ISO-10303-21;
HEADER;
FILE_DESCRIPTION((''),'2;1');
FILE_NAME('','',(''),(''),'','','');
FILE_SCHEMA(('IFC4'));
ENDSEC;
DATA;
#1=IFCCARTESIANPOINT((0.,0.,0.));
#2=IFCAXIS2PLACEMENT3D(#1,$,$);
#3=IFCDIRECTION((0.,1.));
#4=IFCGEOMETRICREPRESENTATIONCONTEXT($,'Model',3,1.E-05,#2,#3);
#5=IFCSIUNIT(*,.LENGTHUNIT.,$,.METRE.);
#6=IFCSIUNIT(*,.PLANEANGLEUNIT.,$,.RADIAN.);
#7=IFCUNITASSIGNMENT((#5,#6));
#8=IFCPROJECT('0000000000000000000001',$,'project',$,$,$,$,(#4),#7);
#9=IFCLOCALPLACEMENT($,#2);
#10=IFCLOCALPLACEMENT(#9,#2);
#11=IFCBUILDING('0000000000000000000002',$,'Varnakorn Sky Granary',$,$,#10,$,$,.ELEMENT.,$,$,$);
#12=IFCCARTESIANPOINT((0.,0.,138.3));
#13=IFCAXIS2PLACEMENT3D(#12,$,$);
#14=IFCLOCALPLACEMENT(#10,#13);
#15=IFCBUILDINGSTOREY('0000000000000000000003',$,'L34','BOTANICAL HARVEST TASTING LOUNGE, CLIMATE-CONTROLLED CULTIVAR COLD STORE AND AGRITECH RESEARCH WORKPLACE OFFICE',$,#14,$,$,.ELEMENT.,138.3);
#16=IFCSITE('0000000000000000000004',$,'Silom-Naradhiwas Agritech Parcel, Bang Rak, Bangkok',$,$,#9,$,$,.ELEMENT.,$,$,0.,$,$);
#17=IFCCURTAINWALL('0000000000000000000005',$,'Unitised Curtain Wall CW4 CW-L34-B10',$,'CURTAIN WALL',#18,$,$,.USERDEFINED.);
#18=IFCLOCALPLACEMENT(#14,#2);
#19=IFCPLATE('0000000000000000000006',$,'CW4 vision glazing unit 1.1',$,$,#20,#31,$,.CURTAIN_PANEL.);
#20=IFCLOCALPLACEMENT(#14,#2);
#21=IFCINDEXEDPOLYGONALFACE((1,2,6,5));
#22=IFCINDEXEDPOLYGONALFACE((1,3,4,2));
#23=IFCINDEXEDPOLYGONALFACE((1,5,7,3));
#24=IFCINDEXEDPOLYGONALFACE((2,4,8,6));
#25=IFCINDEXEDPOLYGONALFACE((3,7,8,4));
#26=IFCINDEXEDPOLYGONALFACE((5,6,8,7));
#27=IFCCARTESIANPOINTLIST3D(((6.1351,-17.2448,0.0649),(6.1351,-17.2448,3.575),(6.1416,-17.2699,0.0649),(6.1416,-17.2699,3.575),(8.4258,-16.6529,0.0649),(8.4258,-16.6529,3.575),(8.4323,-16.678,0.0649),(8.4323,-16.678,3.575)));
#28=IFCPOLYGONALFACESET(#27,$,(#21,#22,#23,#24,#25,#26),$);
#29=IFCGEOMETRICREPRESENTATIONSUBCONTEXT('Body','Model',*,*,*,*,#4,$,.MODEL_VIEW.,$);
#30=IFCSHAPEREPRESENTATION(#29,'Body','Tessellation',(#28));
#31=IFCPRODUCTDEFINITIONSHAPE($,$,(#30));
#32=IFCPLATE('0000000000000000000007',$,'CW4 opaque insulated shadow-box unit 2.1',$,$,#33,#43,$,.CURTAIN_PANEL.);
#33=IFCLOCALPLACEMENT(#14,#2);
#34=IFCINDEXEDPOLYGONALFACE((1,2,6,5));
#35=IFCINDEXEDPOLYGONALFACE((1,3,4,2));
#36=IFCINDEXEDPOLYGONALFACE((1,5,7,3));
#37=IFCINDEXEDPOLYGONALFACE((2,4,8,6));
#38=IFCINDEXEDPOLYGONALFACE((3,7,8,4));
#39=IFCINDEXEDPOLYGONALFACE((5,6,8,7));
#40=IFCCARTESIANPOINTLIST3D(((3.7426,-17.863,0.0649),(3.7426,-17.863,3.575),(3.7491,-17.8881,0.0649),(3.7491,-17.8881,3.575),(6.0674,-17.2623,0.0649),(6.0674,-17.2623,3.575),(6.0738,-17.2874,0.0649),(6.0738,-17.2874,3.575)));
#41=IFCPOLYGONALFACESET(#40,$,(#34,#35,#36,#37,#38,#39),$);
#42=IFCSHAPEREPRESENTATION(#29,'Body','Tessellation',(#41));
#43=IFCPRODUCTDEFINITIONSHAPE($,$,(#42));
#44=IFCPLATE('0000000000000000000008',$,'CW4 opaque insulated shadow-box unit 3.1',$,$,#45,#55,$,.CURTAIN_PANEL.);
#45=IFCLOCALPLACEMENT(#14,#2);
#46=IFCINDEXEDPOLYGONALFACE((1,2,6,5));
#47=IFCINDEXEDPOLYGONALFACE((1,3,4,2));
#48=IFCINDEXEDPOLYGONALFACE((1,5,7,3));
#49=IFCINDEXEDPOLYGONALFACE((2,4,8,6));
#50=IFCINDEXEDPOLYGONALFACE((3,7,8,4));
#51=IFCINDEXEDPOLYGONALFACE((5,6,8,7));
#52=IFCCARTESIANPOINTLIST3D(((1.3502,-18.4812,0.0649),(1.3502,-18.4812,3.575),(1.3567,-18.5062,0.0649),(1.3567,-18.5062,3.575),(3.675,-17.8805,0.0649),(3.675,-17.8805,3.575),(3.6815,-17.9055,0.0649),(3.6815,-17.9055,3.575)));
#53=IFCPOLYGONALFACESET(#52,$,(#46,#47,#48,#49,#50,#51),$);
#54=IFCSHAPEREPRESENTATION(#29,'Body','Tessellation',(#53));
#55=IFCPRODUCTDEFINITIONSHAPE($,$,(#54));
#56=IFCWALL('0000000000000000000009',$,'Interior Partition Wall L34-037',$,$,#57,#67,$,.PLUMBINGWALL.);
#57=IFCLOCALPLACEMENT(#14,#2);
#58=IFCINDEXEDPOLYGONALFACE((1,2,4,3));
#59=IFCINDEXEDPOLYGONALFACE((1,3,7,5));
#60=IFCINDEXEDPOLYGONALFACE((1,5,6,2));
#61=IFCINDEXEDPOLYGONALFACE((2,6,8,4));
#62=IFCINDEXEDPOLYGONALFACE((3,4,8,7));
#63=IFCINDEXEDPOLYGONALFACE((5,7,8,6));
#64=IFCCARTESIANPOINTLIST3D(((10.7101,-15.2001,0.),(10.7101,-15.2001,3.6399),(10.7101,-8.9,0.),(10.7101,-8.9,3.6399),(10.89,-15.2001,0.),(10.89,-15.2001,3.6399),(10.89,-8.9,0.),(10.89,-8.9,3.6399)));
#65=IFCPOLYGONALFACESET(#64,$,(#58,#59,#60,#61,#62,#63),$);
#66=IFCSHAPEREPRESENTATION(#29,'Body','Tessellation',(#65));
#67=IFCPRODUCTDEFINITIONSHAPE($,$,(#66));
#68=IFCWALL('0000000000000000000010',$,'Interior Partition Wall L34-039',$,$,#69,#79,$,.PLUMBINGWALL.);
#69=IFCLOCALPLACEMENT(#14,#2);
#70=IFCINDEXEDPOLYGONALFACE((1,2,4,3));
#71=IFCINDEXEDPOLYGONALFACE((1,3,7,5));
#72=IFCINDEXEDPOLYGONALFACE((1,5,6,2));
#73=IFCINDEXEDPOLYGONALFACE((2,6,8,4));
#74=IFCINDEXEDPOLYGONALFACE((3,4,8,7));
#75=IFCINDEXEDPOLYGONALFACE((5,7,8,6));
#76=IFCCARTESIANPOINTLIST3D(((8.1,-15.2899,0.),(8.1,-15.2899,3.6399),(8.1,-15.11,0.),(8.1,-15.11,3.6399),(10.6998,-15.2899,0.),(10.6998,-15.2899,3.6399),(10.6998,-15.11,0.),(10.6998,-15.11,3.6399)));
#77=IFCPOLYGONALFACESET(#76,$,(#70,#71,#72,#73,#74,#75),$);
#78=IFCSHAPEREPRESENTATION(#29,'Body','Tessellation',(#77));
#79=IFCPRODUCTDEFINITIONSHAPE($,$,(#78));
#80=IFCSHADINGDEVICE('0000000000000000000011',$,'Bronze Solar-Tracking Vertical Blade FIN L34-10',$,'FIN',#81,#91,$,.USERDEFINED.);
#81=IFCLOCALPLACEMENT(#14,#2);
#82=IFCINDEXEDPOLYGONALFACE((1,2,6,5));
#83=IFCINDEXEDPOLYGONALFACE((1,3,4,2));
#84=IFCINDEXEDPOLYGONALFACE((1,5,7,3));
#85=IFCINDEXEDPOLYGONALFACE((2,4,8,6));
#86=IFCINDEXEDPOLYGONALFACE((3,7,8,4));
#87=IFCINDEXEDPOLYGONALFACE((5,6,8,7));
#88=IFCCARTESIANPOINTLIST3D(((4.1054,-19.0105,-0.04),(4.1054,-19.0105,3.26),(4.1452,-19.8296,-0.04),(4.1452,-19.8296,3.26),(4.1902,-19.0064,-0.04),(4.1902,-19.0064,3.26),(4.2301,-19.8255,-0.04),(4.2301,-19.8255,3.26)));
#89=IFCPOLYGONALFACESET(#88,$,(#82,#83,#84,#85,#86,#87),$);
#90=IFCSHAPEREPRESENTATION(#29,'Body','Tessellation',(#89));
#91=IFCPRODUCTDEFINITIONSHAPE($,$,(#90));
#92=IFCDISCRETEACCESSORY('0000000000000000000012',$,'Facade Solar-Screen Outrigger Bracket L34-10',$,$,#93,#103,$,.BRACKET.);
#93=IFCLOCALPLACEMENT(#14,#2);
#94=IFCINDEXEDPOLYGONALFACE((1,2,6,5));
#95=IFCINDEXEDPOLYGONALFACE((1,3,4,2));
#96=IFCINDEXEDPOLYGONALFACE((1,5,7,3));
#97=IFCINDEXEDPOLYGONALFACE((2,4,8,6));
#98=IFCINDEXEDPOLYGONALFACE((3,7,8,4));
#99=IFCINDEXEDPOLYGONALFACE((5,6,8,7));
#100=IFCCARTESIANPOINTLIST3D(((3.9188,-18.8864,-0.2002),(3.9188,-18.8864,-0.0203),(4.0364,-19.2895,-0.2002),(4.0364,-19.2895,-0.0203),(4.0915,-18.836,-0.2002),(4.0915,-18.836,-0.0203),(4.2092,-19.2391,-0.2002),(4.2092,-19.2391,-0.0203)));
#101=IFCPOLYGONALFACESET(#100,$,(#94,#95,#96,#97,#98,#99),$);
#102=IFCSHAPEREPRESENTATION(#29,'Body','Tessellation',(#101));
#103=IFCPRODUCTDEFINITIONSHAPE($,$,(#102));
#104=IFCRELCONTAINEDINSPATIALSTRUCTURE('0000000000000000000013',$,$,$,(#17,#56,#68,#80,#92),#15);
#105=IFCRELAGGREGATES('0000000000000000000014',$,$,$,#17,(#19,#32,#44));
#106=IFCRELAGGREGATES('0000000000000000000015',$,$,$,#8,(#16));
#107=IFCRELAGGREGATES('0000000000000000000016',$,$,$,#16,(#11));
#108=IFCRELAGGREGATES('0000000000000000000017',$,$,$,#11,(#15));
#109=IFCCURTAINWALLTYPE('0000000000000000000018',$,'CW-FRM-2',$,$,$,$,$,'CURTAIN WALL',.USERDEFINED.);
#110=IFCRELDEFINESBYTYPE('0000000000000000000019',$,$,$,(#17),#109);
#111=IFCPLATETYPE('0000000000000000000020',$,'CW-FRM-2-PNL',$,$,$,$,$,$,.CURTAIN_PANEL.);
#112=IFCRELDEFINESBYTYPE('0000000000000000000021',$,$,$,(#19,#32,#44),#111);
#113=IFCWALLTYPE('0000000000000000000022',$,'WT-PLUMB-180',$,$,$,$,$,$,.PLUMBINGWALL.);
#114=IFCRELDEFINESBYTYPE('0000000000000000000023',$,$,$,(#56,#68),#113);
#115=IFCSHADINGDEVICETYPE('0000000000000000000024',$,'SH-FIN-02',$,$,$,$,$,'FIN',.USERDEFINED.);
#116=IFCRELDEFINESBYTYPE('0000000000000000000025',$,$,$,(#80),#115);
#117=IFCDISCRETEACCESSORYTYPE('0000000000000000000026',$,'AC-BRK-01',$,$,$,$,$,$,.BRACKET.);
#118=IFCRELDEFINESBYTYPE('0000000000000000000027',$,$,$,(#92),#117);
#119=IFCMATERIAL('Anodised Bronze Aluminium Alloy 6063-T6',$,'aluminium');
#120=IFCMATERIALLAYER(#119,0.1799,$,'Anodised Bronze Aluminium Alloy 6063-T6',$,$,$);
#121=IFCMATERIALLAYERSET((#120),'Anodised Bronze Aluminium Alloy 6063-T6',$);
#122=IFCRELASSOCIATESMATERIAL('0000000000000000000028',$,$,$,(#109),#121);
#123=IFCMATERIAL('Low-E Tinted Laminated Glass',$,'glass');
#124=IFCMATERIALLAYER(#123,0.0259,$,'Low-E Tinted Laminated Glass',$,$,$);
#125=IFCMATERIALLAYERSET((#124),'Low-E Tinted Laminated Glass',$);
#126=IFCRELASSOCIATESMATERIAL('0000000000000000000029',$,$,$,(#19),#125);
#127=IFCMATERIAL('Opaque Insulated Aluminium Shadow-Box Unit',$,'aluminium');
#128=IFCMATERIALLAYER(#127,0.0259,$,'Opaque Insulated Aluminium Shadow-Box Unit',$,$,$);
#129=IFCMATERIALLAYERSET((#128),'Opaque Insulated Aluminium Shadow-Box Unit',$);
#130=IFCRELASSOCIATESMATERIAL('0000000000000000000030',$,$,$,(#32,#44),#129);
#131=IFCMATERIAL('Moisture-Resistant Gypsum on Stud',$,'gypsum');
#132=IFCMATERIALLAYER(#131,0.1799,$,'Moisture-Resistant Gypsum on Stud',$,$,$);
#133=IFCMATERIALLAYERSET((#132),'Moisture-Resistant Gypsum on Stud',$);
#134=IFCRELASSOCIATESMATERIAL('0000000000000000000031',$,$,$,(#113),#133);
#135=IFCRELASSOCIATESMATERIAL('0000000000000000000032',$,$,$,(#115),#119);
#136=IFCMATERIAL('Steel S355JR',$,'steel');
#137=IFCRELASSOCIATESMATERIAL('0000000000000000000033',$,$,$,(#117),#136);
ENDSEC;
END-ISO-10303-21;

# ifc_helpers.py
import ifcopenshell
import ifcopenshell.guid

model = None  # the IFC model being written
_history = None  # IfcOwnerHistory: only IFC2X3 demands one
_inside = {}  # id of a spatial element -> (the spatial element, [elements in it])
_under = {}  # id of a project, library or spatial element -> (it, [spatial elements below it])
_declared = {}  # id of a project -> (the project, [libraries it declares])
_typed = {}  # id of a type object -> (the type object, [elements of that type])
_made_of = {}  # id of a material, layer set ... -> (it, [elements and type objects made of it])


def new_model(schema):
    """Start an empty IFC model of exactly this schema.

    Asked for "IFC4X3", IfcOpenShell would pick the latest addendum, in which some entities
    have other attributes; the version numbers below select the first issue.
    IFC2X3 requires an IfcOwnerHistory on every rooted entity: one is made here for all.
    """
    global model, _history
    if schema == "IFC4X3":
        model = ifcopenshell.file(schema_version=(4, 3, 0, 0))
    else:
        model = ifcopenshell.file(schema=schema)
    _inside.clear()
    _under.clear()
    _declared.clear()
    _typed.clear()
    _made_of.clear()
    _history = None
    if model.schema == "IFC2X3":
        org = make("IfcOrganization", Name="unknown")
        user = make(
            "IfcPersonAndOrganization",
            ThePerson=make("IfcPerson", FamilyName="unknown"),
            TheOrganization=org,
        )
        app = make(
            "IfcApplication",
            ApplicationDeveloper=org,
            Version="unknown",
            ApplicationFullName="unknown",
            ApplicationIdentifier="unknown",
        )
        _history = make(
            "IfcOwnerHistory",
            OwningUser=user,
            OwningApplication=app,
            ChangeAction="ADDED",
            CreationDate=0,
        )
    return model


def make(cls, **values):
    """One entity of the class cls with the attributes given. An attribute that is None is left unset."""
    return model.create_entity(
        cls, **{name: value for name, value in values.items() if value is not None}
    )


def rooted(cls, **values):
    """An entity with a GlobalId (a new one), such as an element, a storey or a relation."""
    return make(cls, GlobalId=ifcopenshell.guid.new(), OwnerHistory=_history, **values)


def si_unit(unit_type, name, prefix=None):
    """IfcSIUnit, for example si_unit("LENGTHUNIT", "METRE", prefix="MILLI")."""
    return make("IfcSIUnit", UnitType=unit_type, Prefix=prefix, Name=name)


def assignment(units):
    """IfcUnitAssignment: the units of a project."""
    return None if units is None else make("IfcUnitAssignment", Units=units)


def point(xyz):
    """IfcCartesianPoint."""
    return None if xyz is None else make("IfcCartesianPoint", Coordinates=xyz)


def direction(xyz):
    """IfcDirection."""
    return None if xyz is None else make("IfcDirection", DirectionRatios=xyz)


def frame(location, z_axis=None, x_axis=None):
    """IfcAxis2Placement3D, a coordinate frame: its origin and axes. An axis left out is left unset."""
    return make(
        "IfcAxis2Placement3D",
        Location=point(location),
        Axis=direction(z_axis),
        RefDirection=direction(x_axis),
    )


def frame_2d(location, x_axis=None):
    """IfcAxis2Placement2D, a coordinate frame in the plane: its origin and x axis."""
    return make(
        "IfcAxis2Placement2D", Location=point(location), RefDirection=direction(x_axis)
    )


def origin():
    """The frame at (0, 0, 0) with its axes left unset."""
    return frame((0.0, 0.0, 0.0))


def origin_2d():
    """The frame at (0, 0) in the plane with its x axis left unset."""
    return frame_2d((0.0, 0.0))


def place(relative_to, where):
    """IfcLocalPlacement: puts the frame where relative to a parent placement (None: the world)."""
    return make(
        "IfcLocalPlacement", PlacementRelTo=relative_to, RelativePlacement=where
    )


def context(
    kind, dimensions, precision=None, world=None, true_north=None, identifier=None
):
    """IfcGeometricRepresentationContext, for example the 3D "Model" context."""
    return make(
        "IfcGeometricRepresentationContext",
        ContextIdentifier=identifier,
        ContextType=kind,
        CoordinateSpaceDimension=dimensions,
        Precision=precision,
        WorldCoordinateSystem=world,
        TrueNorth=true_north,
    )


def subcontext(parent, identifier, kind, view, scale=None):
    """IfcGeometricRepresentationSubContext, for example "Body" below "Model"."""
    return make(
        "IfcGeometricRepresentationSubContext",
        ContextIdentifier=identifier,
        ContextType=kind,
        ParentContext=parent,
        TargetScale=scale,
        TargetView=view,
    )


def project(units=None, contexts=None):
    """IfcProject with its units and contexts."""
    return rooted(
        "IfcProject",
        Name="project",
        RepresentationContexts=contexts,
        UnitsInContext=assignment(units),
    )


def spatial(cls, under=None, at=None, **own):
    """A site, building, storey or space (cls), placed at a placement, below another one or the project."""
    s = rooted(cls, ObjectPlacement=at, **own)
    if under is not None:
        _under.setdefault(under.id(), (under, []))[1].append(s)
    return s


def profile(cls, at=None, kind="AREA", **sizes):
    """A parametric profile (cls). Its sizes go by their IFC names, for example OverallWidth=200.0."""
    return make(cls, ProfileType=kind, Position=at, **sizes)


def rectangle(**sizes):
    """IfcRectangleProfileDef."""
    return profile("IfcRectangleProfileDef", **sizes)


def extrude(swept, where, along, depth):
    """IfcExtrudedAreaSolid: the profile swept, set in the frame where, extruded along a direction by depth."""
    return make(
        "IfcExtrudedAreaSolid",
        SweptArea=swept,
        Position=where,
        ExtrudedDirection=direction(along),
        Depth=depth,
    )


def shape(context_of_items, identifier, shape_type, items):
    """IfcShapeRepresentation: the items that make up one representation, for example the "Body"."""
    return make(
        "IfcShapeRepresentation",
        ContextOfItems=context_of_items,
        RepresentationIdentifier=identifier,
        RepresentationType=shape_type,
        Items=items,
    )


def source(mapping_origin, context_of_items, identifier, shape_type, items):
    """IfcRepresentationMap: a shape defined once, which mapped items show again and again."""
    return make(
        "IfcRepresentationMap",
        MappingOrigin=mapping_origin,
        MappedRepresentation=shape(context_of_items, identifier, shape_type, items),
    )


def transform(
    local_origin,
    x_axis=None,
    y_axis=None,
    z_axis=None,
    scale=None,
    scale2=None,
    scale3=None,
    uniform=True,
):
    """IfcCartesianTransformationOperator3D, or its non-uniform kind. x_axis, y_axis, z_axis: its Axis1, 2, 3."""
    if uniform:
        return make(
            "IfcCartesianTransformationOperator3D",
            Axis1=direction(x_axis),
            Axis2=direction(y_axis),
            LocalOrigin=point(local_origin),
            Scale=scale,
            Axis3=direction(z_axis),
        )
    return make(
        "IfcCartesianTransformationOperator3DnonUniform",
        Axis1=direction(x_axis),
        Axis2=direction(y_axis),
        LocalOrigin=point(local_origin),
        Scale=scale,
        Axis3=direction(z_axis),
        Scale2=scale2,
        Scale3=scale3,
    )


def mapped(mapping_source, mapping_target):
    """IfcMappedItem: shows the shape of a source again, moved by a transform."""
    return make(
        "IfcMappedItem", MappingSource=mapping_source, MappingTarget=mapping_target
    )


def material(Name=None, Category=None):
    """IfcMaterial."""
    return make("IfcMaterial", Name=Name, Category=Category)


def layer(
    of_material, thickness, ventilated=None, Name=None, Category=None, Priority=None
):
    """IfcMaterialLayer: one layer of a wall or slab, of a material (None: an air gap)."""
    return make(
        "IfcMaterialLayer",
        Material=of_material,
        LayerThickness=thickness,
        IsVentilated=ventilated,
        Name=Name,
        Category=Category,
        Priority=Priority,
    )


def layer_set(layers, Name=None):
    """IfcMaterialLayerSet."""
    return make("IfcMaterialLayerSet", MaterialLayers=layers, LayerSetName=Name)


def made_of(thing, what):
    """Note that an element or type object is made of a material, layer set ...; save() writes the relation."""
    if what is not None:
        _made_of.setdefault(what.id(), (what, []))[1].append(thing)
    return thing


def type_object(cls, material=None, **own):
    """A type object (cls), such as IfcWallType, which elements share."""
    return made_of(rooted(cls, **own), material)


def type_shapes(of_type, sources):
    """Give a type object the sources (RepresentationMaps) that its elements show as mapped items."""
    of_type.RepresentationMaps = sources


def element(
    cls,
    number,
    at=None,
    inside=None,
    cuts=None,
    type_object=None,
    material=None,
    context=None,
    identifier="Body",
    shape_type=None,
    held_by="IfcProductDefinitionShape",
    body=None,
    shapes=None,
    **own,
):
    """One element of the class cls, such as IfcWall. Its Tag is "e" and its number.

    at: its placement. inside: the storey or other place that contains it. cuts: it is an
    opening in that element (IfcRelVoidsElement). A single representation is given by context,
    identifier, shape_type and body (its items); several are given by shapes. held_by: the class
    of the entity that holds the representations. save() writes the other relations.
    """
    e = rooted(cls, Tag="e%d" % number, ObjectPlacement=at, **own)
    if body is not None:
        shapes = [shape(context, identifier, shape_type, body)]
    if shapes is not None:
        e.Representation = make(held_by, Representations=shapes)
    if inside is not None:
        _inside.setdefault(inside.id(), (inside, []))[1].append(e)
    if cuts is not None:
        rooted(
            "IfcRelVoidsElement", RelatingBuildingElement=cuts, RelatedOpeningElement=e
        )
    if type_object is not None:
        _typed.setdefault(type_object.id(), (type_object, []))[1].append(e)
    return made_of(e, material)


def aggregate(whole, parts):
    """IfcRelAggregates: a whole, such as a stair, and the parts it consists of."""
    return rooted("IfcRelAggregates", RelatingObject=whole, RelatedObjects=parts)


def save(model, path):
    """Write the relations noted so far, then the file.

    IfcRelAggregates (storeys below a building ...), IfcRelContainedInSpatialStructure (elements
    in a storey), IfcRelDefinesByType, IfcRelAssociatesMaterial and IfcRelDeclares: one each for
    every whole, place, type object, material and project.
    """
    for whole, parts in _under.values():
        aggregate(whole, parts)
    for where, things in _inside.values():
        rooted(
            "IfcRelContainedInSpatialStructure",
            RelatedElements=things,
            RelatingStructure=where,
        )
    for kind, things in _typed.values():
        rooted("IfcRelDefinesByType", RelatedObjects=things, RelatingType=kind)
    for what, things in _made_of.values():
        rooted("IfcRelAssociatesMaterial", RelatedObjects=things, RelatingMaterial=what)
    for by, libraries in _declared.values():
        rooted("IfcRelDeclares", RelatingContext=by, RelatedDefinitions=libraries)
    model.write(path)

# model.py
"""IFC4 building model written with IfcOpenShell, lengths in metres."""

from ifc_helpers import new_model, si_unit, direction, frame, frame_2d, origin, origin_2d, place, context, subcontext, project, spatial, rectangle, extrude, source, transform, mapped, material, layer, layer_set, type_object, type_shapes, element, aggregate, save


model = new_model("IFC4")

# Units and contexts
model_context = context("Model", 3, precision=1e-05, world=origin(), true_north=direction((0.0, 1.0)))
body_context = subcontext(model_context, "Body", "Model", "MODEL_VIEW")
ifc_project = project(units=[si_unit("LENGTHUNIT", "METRE"), si_unit("PLANEANGLEUNIT", "RADIAN")], contexts=[model_context])

# Site, building, storey
site_placement = place(None, origin())
site = spatial("IfcSite", under=ifc_project, at=site_placement, Name="Silom-Naradhiwas Agritech Parcel, Bang Rak, Bangkok", CompositionType="ELEMENT", RefElevation=0.0)
building_placement = place(site_placement, origin())
building = spatial("IfcBuilding", under=site, at=building_placement, Name="Varnakorn Sky Granary", CompositionType="ELEMENT")
storey_placement = place(building_placement, frame((0.0, 0.0, 138.3)))
storey = spatial("IfcBuildingStorey", under=building, at=storey_placement, Name="L34", Description="BOTANICAL HARVEST TASTING LOUNGE, CLIMATE-CONTROLLED CULTIVAR COLD STORE AND AGRITECH RESEARCH WORKPLACE OFFICE", CompositionType="ELEMENT", Elevation=138.3)

# Shared definitions
ifc_material_1 = material(Name="Steel S355JR", Category="steel")

# Curtain wall
ifc_material_2 = material(Name="Anodised Bronze Aluminium Alloy 6063-T6", Category="aluminium")
ifc_layer_1 = layer(ifc_material_2, 0.1799, Name="Anodised Bronze Aluminium Alloy 6063-T6")
ifc_layer_set_1 = layer_set([ifc_layer_1], Name="Anodised Bronze Aluminium Alloy 6063-T6")
curtain_wall_type = type_object("IfcCurtainWallType", Name="CW-FRM-2", ElementType="CURTAIN WALL", PredefinedType="USERDEFINED", material=ifc_layer_set_1)
curtain_wall_1_placement = place(storey_placement, origin())
curtain_wall_1 = element("IfcCurtainWall", 1, at=curtain_wall_1_placement, inside=storey, type_object=curtain_wall_type, Name="Unitised Curtain Wall CW4 CW-L34-B10", ObjectType="CURTAIN WALL", PredefinedType="USERDEFINED")

# Plates
ifc_material_3 = material(Name="Low-E Tinted Laminated Glass", Category="glass")
ifc_layer_2 = layer(ifc_material_3, 0.0259, Name="Low-E Tinted Laminated Glass")
ifc_layer_set_2 = layer_set([ifc_layer_2], Name="Low-E Tinted Laminated Glass")
plate_type = type_object("IfcPlateType", Name="CW-FRM-2-PNL", PredefinedType="CURTAIN_PANEL")
ifc_material_4 = material(Name="Opaque Insulated Aluminium Shadow-Box Unit", Category="aluminium")
ifc_layer_3 = layer(ifc_material_4, 0.0259, Name="Opaque Insulated Aluminium Shadow-Box Unit")
ifc_layer_set_3 = layer_set([ifc_layer_3], Name="Opaque Insulated Aluminium Shadow-Box Unit")
shared_shape_1 = source(origin(), body_context, "Body", "SweptSolid", [
    extrude(rectangle(XDim=2.366, YDim=0.0259, at=origin_2d()), origin(), (0.0, 0.0, 1.0), 3.51),
])
plate_1_placement = place(storey_placement, frame((7.2837, -16.9614, 0.0649), z_axis=(0.0, 0.0, 1.0), x_axis=(-0.968201, -0.250174, 0.0)))
plate_1 = element("IfcPlate", 2, at=plate_1_placement, type_object=plate_type, material=ifc_layer_set_2, Name="CW4 vision glazing unit 1.1", PredefinedType="CURTAIN_PANEL", context=body_context, shape_type="MappedRepresentation", body=[
    mapped(shared_shape_1, transform((0.0, 0.0, 0.0), x_axis=(1.0, 0.0, 0.0), y_axis=(0.0, 1.0, 0.0), z_axis=(0.0, 0.0, 1.0), scale=1.0)),
])
shared_shape_2 = source(origin(), body_context, "Body", "SweptSolid", [
    extrude(rectangle(XDim=2.4011, YDim=0.0259, at=origin_2d()), origin(), (0.0, 0.0, 1.0), 3.51),
])
plate_2_placement = place(storey_placement, frame((4.9082, -17.5752, 0.0649), z_axis=(0.0, 0.0, 1.0), x_axis=(-0.968201, -0.250174, 0.0)))
plate_2 = element("IfcPlate", 3, at=plate_2_placement, type_object=plate_type, material=ifc_layer_set_3, Name="CW4 opaque insulated shadow-box unit 2.1", PredefinedType="CURTAIN_PANEL", context=body_context, shape_type="MappedRepresentation", body=[
    mapped(shared_shape_2, transform((0.0, 0.0, 0.0), x_axis=(1.0, 0.0, 0.0), y_axis=(0.0, 1.0, 0.0), z_axis=(0.0, 0.0, 1.0), scale=1.0)),
])
plate_3_placement = place(storey_placement, frame((2.5159, -18.1934, 0.0649), z_axis=(0.0, 0.0, 1.0), x_axis=(-0.968201, -0.250174, 0.0)))
plate_3 = element("IfcPlate", 4, at=plate_3_placement, type_object=plate_type, material=ifc_layer_set_3, Name="CW4 opaque insulated shadow-box unit 3.1", PredefinedType="CURTAIN_PANEL", context=body_context, shape_type="MappedRepresentation", body=[
    mapped(shared_shape_2, transform((0.0, 0.0, 0.0), x_axis=(1.0, 0.0, 0.0), y_axis=(0.0, 1.0, 0.0), z_axis=(0.0, 0.0, 1.0), scale=1.0)),
])
aggregate(curtain_wall_1, [plate_1, plate_2, plate_3])

# Walls
ifc_material_5 = material(Name="Moisture-Resistant Gypsum on Stud", Category="gypsum")
ifc_layer_4 = layer(ifc_material_5, 0.1799, Name="Moisture-Resistant Gypsum on Stud")
ifc_layer_set_4 = layer_set([ifc_layer_4], Name="Moisture-Resistant Gypsum on Stud")
wall_type = type_object("IfcWallType", Name="WT-PLUMB-180", PredefinedType="PLUMBINGWALL", material=ifc_layer_set_4)
wall_1_placement = place(storey_placement, frame((10.8, -15.2, 0.0), z_axis=(0.0, 0.0, 1.0), x_axis=(0.0, 1.0, 0.0)))
element("IfcWall", 5, at=wall_1_placement, inside=storey, type_object=wall_type, Name="Interior Partition Wall L34-037", PredefinedType="PLUMBINGWALL", context=body_context, shape_type="SweptSolid", body=[
    extrude(rectangle(XDim=6.3, YDim=0.1799, at=frame_2d((3.1499, 0.0))), origin(), (0.0, 0.0, 1.0), 3.6399),
])
wall_2_placement = place(storey_placement, frame((8.1001, -15.2, 0.0), z_axis=(0.0, 0.0, 1.0), x_axis=(1.0, 0.0, 0.0)))
element("IfcWall", 6, at=wall_2_placement, inside=storey, type_object=wall_type, Name="Interior Partition Wall L34-039", PredefinedType="PLUMBINGWALL", context=body_context, shape_type="SweptSolid", body=[
    extrude(rectangle(XDim=2.5999, YDim=0.1799, at=frame_2d((1.2998, 0.0))), origin(), (0.0, 0.0, 1.0), 3.6399),
])

# Shading device
shading_device_type = type_object("IfcShadingDeviceType", Name="SH-FIN-02", ElementType="FIN", PredefinedType="USERDEFINED", material=ifc_material_2)
shared_shape_3 = source(origin(), body_context, "Body", "SweptSolid", [
    extrude(rectangle(XDim=0.085, YDim=0.8201, at=origin_2d()), origin(), (0.0, 0.0, 1.0), 3.3),
])
type_shapes(shading_device_type, [shared_shape_3])
shading_device_placement = place(storey_placement, frame((4.1677, -19.418, -0.04), z_axis=(0.0, 0.0, 1.0), x_axis=(0.99882, 0.048563, 0.0)))
element("IfcShadingDevice", 7, at=shading_device_placement, inside=storey, type_object=shading_device_type, Name="Bronze Solar-Tracking Vertical Blade FIN L34-10", ObjectType="FIN", PredefinedType="USERDEFINED", context=body_context, shape_type="MappedRepresentation", body=[
    mapped(shared_shape_3, transform((0.0, 0.0, 0.0), x_axis=(1.0, 0.0, 0.0), y_axis=(0.0, 1.0, 0.0), z_axis=(0.0, 0.0, 1.0), scale=1.0)),
])

# Discrete accessory
discrete_accessory_type = type_object("IfcDiscreteAccessoryType", Name="AC-BRK-01", PredefinedType="BRACKET", material=ifc_material_1)
shared_shape_4 = source(origin(), body_context, "Body", "SweptSolid", [
    extrude(rectangle(XDim=0.1799, YDim=0.4199, at=origin_2d()), origin(), (0.0, 0.0, 1.0), 0.1799),
])
type_shapes(discrete_accessory_type, [shared_shape_4])
discrete_accessory_placement = place(storey_placement, frame((4.064, -19.0627, -0.2002), z_axis=(0.0, 0.0, 1.0), x_axis=(0.959945, 0.280188, 0.0)))
element("IfcDiscreteAccessory", 8, at=discrete_accessory_placement, inside=storey, type_object=discrete_accessory_type, Name="Facade Solar-Screen Outrigger Bracket L34-10", PredefinedType="BRACKET", context=body_context, shape_type="MappedRepresentation", body=[
    mapped(shared_shape_4, transform((0.0, 0.0, 0.0), x_axis=(1.0, 0.0, 0.0), y_axis=(0.0, 1.0, 0.0), z_axis=(0.0, 0.0, 1.0), scale=1.0)),
])

save(model, "model.ifc")
